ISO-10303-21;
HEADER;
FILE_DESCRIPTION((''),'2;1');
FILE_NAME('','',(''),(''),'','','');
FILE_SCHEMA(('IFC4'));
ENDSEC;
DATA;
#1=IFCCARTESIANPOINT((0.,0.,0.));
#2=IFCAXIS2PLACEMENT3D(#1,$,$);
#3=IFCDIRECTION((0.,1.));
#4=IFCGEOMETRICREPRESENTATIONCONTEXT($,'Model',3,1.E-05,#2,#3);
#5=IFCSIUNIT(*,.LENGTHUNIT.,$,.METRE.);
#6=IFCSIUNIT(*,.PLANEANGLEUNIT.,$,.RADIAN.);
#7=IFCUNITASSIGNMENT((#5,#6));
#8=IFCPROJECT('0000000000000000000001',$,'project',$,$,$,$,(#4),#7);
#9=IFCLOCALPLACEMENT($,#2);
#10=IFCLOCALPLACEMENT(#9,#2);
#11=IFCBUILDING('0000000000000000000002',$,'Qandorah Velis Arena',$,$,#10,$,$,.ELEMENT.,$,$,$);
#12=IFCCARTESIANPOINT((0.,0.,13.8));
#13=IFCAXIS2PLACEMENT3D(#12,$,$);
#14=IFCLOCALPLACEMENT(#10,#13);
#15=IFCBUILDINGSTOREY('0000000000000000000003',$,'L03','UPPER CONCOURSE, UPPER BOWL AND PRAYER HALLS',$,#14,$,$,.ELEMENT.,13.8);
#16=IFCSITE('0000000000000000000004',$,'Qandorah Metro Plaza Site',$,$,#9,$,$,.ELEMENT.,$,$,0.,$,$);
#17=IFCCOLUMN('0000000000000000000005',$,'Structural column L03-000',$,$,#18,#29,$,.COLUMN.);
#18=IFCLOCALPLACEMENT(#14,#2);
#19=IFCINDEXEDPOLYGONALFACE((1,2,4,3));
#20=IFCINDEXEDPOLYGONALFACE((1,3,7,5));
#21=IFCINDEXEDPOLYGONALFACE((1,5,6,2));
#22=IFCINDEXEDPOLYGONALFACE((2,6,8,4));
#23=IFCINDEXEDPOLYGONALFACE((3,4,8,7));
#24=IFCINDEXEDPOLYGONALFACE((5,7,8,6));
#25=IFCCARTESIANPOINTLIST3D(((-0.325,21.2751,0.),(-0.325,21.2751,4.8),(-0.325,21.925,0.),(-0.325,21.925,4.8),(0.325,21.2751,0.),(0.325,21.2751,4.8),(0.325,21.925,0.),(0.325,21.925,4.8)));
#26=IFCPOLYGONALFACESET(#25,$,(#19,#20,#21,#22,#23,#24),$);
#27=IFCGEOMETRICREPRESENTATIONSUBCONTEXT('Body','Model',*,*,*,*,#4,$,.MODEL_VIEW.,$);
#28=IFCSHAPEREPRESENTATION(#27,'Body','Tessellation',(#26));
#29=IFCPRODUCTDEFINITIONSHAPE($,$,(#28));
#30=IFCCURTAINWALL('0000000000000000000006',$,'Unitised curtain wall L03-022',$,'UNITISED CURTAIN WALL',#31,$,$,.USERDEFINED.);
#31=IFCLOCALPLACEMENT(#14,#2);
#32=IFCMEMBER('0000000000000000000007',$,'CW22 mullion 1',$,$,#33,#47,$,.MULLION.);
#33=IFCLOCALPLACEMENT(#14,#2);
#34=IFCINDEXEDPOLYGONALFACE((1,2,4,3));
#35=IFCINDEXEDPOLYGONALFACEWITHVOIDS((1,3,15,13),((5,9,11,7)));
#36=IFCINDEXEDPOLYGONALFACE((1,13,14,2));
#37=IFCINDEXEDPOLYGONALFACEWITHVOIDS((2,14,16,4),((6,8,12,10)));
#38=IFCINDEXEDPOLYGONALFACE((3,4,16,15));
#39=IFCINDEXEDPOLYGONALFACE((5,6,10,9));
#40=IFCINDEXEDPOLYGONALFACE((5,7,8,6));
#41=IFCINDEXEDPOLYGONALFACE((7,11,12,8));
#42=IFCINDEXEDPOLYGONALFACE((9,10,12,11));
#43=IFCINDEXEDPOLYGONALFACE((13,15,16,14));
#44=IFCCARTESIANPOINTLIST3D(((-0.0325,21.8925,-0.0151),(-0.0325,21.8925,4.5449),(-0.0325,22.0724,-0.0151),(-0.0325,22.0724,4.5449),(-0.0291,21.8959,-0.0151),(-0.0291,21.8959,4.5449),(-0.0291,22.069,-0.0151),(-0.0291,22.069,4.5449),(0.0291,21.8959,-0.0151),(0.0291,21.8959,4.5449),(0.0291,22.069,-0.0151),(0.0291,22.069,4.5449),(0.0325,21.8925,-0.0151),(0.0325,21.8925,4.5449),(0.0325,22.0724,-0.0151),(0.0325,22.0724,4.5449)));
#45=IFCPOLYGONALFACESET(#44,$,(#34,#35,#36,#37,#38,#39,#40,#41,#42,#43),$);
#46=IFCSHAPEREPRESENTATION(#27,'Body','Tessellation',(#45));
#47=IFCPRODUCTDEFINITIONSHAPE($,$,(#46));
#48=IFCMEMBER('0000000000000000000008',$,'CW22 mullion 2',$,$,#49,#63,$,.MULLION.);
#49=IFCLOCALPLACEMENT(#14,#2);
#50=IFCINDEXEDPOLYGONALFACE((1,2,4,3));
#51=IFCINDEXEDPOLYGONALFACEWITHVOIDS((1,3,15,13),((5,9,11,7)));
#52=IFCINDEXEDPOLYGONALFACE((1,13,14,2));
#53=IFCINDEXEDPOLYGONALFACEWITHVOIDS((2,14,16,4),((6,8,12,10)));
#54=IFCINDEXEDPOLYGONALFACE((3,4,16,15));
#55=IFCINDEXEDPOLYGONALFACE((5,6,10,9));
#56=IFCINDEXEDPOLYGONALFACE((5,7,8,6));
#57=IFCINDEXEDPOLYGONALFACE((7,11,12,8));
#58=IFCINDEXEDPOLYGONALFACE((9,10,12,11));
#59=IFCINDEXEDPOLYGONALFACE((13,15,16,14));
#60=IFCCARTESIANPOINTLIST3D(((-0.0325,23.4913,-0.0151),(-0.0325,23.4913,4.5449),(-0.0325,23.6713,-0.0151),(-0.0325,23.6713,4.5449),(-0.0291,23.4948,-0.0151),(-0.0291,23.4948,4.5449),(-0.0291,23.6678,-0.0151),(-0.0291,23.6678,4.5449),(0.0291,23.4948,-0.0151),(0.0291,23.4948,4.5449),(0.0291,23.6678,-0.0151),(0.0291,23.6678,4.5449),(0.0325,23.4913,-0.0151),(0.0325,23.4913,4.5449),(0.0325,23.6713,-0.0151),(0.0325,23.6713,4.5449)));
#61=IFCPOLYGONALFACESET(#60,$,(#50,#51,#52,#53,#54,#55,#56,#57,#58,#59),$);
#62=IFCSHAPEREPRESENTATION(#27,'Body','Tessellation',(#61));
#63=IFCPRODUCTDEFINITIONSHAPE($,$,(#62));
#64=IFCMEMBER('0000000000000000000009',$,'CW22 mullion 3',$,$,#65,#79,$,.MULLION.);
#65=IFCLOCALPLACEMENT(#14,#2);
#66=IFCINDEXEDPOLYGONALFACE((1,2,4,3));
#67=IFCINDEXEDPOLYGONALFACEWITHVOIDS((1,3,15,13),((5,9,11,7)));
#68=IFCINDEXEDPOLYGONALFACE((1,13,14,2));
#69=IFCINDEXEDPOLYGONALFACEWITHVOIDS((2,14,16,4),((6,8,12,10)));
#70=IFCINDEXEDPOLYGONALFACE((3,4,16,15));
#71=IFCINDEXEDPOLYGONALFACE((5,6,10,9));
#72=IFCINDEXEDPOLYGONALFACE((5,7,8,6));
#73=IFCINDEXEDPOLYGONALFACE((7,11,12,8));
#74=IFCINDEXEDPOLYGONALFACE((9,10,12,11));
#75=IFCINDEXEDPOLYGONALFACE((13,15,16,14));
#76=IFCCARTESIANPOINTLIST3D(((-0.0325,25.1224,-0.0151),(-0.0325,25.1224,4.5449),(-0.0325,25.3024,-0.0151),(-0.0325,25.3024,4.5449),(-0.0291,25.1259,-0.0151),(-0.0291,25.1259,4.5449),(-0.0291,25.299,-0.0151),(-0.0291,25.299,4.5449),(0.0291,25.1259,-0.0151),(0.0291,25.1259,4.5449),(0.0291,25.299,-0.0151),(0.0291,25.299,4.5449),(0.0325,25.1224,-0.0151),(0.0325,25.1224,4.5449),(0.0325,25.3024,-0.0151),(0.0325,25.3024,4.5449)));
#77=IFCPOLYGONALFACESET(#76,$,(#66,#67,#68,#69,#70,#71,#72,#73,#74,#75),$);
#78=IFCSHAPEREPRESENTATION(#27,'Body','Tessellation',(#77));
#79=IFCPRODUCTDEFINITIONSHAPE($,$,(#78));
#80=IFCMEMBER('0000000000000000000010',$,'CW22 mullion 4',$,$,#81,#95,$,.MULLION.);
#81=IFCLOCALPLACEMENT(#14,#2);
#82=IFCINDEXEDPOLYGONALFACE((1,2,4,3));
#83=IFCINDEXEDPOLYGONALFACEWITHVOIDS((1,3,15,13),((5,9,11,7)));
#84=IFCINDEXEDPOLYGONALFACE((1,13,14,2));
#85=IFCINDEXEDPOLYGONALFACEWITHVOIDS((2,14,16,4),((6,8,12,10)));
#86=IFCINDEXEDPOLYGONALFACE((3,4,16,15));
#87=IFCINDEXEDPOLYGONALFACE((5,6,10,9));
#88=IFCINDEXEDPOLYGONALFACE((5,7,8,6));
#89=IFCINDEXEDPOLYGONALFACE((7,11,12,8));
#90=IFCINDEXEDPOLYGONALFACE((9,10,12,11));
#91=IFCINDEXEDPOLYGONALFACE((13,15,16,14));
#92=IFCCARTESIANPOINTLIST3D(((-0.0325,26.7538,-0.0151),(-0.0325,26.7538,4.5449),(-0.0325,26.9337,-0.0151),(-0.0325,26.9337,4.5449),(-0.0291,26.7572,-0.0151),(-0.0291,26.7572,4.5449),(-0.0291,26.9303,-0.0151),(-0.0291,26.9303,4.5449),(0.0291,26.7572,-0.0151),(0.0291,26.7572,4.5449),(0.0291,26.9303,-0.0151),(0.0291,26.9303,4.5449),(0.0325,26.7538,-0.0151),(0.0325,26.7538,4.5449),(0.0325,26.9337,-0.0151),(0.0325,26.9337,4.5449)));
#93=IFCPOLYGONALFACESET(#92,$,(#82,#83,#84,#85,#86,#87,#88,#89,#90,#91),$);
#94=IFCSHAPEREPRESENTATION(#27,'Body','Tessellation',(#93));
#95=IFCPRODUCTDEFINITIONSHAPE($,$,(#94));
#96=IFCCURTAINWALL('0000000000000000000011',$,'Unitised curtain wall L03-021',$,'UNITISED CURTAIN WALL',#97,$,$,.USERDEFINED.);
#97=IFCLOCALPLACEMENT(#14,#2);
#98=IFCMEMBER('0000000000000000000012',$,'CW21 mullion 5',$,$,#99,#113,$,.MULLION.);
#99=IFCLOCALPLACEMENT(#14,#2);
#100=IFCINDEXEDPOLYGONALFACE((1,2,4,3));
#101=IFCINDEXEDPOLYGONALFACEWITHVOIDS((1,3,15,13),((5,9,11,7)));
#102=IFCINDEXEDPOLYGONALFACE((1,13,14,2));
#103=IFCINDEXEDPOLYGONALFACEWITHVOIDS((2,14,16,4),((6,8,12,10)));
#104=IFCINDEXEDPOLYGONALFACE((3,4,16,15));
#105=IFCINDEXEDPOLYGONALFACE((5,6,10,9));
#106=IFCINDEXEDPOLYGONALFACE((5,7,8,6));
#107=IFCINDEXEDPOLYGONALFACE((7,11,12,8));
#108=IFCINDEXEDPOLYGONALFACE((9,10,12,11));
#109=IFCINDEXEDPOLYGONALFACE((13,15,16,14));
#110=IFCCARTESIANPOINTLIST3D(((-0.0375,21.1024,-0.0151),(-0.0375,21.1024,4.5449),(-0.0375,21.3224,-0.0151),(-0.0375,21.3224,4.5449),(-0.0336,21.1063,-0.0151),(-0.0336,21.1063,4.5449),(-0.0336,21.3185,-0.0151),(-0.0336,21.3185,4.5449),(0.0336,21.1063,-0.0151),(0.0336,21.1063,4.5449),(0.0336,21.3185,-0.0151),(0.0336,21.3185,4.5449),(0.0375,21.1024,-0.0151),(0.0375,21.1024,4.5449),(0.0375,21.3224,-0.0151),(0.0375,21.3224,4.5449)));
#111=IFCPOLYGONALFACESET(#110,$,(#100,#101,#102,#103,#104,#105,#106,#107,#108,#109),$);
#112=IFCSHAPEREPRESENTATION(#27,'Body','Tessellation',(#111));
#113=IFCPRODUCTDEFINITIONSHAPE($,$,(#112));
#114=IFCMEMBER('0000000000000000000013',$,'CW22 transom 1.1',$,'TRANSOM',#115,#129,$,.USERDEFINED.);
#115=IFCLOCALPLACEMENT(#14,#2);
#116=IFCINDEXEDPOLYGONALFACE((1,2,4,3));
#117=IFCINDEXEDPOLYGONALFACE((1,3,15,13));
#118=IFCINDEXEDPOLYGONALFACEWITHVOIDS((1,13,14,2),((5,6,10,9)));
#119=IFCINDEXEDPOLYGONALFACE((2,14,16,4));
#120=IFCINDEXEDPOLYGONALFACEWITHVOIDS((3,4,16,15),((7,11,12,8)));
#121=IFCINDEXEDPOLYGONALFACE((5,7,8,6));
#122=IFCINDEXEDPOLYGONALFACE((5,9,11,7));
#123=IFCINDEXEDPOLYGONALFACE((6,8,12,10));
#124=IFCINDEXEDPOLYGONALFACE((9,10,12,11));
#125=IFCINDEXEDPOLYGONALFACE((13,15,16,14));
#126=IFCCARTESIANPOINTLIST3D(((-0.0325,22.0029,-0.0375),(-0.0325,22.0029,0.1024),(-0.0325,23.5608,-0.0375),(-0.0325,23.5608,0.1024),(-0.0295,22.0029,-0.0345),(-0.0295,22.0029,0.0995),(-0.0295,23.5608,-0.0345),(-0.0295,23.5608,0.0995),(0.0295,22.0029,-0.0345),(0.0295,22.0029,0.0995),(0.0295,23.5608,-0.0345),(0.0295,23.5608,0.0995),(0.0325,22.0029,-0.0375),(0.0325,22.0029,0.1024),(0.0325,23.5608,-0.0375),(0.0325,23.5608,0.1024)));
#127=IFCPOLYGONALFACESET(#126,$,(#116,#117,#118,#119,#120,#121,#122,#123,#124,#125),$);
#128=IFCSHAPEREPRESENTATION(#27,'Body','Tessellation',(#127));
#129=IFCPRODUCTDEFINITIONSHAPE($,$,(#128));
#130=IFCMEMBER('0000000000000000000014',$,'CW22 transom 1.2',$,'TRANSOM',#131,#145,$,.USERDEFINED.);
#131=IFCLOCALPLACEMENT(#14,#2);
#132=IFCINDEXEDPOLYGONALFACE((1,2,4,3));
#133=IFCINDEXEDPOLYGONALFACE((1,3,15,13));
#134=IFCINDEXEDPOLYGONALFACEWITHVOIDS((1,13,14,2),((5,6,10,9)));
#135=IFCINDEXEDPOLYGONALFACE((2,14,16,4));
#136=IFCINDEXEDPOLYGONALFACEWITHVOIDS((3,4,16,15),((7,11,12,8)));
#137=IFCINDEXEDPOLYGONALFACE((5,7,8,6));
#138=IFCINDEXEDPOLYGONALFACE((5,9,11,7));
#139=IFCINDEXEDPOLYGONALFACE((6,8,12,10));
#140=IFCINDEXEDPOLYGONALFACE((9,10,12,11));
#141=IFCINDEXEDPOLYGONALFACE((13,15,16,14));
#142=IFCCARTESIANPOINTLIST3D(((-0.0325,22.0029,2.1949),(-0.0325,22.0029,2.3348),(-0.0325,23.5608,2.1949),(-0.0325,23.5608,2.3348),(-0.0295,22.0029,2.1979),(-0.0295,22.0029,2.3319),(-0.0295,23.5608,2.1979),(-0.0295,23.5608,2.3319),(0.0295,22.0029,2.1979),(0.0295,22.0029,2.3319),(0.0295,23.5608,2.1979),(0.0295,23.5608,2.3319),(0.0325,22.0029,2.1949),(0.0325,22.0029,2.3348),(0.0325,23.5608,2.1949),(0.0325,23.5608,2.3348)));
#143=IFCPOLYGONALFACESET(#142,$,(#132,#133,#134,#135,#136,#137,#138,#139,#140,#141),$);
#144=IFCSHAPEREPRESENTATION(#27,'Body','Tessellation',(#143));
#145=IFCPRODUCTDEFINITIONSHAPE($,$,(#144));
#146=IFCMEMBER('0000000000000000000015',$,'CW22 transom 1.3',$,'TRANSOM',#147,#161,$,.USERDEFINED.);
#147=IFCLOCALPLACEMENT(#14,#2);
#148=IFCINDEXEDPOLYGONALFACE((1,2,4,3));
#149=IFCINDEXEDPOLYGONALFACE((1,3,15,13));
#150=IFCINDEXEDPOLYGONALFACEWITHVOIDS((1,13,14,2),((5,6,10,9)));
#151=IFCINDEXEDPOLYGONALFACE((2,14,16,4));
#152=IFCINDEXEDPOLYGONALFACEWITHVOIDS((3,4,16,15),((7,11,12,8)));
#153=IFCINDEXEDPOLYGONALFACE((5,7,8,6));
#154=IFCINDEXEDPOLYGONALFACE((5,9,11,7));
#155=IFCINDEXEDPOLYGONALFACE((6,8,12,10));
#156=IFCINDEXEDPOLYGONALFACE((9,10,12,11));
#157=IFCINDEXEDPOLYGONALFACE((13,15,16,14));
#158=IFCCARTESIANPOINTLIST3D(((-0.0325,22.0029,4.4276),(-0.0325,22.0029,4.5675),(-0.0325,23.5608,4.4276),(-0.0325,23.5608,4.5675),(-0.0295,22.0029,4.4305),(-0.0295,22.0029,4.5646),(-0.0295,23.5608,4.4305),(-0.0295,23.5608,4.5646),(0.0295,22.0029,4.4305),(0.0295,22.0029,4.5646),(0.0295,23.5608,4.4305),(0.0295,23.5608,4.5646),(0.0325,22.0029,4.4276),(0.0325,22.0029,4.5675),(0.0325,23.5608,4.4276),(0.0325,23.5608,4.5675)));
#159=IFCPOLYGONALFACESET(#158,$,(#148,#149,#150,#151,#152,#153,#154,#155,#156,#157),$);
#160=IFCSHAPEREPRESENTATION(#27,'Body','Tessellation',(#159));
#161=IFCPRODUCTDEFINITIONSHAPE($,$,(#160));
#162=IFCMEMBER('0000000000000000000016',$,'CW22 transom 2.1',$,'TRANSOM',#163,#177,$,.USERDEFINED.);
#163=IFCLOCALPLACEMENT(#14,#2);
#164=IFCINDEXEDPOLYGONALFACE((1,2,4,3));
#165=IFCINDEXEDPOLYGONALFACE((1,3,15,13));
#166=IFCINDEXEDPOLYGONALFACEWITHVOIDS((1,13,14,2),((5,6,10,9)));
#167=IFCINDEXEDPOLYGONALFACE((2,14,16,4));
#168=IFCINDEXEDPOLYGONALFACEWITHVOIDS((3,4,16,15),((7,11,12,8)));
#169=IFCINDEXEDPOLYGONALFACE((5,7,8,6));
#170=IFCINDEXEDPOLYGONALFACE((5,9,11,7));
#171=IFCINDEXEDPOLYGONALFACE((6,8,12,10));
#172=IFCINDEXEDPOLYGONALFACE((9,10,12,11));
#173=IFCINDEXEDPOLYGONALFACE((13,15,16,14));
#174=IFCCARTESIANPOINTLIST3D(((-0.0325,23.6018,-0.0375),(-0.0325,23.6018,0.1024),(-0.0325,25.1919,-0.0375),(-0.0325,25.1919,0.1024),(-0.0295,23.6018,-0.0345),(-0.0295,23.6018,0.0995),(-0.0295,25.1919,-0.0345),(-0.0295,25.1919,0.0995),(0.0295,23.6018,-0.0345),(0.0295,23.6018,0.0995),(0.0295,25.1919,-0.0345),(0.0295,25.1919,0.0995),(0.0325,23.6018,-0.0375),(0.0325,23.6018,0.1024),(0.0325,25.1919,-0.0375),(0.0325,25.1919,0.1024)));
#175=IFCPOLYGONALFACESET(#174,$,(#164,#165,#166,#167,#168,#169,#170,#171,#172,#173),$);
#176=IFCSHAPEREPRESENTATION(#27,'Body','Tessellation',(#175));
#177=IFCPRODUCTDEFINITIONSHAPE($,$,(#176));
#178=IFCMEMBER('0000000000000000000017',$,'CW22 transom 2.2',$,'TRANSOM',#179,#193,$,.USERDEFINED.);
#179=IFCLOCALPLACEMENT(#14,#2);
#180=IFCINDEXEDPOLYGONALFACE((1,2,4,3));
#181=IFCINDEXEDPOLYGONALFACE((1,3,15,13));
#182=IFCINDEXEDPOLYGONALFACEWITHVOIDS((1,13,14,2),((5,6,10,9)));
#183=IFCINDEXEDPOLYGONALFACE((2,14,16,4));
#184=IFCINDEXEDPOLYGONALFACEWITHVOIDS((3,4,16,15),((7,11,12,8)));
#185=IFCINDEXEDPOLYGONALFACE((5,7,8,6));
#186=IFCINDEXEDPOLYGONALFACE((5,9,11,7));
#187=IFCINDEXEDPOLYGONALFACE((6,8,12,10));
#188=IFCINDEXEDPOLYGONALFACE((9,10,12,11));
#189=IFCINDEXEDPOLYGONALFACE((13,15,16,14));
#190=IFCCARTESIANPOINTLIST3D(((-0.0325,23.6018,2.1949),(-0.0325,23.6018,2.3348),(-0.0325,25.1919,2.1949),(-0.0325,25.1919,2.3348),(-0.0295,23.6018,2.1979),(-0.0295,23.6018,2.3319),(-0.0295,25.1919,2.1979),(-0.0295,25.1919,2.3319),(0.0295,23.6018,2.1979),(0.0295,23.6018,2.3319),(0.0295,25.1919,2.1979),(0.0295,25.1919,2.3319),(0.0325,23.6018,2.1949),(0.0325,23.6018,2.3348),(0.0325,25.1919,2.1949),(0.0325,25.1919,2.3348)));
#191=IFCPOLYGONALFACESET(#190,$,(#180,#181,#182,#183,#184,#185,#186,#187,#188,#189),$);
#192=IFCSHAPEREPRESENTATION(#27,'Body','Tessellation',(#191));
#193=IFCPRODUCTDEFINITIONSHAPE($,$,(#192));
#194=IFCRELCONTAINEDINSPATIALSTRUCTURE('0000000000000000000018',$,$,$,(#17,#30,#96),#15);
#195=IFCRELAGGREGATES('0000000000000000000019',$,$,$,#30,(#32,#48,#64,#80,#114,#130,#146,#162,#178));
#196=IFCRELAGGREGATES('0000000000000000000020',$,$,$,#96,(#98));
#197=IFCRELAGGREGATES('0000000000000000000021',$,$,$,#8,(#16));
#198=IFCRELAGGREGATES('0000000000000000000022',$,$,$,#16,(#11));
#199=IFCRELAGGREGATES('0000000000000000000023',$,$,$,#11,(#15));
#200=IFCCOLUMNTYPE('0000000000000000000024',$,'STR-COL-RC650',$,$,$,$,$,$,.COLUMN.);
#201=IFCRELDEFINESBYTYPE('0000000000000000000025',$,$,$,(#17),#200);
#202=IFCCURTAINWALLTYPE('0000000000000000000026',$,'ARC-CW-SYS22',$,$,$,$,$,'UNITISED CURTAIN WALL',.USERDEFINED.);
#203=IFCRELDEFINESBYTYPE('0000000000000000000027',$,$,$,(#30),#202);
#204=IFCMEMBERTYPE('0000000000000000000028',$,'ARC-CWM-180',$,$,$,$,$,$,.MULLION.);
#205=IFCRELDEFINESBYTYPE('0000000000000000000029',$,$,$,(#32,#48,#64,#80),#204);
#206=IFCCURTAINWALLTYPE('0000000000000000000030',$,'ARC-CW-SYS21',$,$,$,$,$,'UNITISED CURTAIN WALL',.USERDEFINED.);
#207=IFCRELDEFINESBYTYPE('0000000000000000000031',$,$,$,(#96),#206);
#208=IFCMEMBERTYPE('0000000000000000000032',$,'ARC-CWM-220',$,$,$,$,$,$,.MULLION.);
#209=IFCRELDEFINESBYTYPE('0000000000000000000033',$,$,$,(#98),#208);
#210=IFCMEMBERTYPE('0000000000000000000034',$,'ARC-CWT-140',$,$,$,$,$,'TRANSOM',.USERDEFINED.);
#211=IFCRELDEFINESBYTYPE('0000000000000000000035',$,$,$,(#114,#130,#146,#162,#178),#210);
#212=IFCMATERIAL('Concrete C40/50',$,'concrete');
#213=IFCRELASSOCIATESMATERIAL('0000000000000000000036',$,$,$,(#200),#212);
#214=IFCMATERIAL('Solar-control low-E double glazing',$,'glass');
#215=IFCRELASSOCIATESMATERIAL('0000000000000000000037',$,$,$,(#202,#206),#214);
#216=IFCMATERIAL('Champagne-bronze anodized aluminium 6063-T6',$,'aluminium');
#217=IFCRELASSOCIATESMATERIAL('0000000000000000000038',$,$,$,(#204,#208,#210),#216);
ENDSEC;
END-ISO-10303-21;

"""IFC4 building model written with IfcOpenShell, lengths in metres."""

from ifc_helpers import new_model, si_unit, direction, frame, origin, origin_2d, place, context, subcontext, project, spatial, rectangle, hollow_rectangle, extrude, material, material_profile, profile_set, type_object, element, aggregate, save


model = new_model("IFC4")

# Units and contexts
model_context = context("Model", 3, precision=1e-05, world=origin(), true_north=direction((0.0, 1.0)))
body_context = subcontext(model_context, "Body", "Model", "MODEL_VIEW")
ifc_project = project(units=[si_unit("LENGTHUNIT", "METRE"), si_unit("PLANEANGLEUNIT", "RADIAN")], contexts=[model_context])

# Site, building, storey
site_placement = place(None, origin())
site = spatial("IfcSite", under=ifc_project, at=site_placement, Name="Qandorah Metro Plaza Site", CompositionType="ELEMENT", RefElevation=0.0)
building_placement = place(site_placement, origin())
building = spatial("IfcBuilding", under=site, at=building_placement, Name="Qandorah Velis Arena", CompositionType="ELEMENT")
storey_placement = place(building_placement, frame((0.0, 0.0, 13.8)))
storey = spatial("IfcBuildingStorey", under=building, at=storey_placement, Name="L03", Description="UPPER CONCOURSE, UPPER BOWL AND PRAYER HALLS", CompositionType="ELEMENT", Elevation=13.8)

# Column
ifc_material_1 = material(Name="Concrete C40/50", Category="concrete")
ifc_material_profile_1 = material_profile(ifc_material_1, rectangle(XDim=0.6499, YDim=0.6499, at=origin_2d()), Name="RC COL 650x650")
ifc_profile_set_1 = profile_set([ifc_material_profile_1], Name="Concrete C40/50")
column_type = type_object("IfcColumnType", Name="STR-COL-RC650", PredefinedType="COLUMN", material=ifc_profile_set_1)
column_placement = place(storey_placement, frame((0.0, 21.6001, 0.0), z_axis=(0.0, 0.0, 1.0), x_axis=(1.0, 0.0, 0.0)))
element("IfcColumn", 1, at=column_placement, inside=storey, type_object=column_type, Name="Structural column L03-000", PredefinedType="COLUMN", context=body_context, shape_type="SweptSolid", body=[
    extrude(rectangle(XDim=0.6499, YDim=0.6499, at=origin_2d()), origin(), (0.0, 0.0, 1.0), 4.8),
])

# Curtain wall, members
ifc_material_2 = material(Name="Solar-control low-E double glazing", Category="glass")
curtain_wall_type_1 = type_object("IfcCurtainWallType", Name="ARC-CW-SYS22", ElementType="UNITISED CURTAIN WALL", PredefinedType="USERDEFINED", material=ifc_material_2)
curtain_wall_1_placement = place(storey_placement, origin())
curtain_wall_1 = element("IfcCurtainWall", 2, at=curtain_wall_1_placement, inside=storey, type_object=curtain_wall_type_1, Name="Unitised curtain wall L03-022", ObjectType="UNITISED CURTAIN WALL", PredefinedType="USERDEFINED")
ifc_material_3 = material(Name="Champagne-bronze anodized aluminium 6063-T6", Category="aluminium")
ifc_material_profile_2 = material_profile(ifc_material_3, hollow_rectangle(XDim=0.0649, YDim=0.1799, WallThickness=0.0034, at=origin_2d()), Name="ALU MULLION 65x180")
ifc_profile_set_2 = profile_set([ifc_material_profile_2], Name="Champagne-bronze anodized aluminium 6063-T6")
member_type_1 = type_object("IfcMemberType", Name="ARC-CWM-180", PredefinedType="MULLION", material=ifc_profile_set_2)
member_1_placement = place(storey_placement, frame((0.0, 21.9824, -0.0151), z_axis=(0.0, 0.0, 1.0), x_axis=(-1.0, 0.0, 0.0)))
member_1 = element("IfcMember", 3, at=member_1_placement, type_object=member_type_1, Name="CW22 mullion 1", PredefinedType="MULLION", context=body_context, shape_type="SweptSolid", body=[
    extrude(hollow_rectangle(XDim=0.0649, YDim=0.1799, WallThickness=0.0034, at=origin_2d()), origin(), (0.0, 0.0, 1.0), 4.5601),
])
member_2_placement = place(storey_placement, frame((0.0, 23.5813, -0.0151), z_axis=(0.0, 0.0, 1.0), x_axis=(-1.0, 0.0, 0.0)))
member_2 = element("IfcMember", 4, at=member_2_placement, type_object=member_type_1, Name="CW22 mullion 2", PredefinedType="MULLION", context=body_context, shape_type="SweptSolid", body=[
    extrude(hollow_rectangle(XDim=0.0649, YDim=0.1799, WallThickness=0.0034, at=origin_2d()), origin(), (0.0, 0.0, 1.0), 4.5601),
])
member_3_placement = place(storey_placement, frame((0.0, 25.2124, -0.0151), z_axis=(0.0, 0.0, 1.0), x_axis=(-1.0, 0.0, 0.0)))
member_3 = element("IfcMember", 5, at=member_3_placement, type_object=member_type_1, Name="CW22 mullion 3", PredefinedType="MULLION", context=body_context, shape_type="SweptSolid", body=[
    extrude(hollow_rectangle(XDim=0.0649, YDim=0.1799, WallThickness=0.0034, at=origin_2d()), origin(), (0.0, 0.0, 1.0), 4.5601),
])
member_4_placement = place(storey_placement, frame((0.0, 26.8438, -0.0151), z_axis=(0.0, 0.0, 1.0), x_axis=(-1.0, 0.0, 0.0)))
member_4 = element("IfcMember", 6, at=member_4_placement, type_object=member_type_1, Name="CW22 mullion 4", PredefinedType="MULLION", context=body_context, shape_type="SweptSolid", body=[
    extrude(hollow_rectangle(XDim=0.0649, YDim=0.1799, WallThickness=0.0034, at=origin_2d()), origin(), (0.0, 0.0, 1.0), 4.5601),
])

# Curtain wall, member
curtain_wall_type_2 = type_object("IfcCurtainWallType", Name="ARC-CW-SYS21", ElementType="UNITISED CURTAIN WALL", PredefinedType="USERDEFINED", material=ifc_material_2)
curtain_wall_2_placement = place(storey_placement, origin())
curtain_wall_2 = element("IfcCurtainWall", 7, at=curtain_wall_2_placement, inside=storey, type_object=curtain_wall_type_2, Name="Unitised curtain wall L03-021", ObjectType="UNITISED CURTAIN WALL", PredefinedType="USERDEFINED")
ifc_material_profile_3 = material_profile(ifc_material_3, hollow_rectangle(XDim=0.075, YDim=0.22, WallThickness=0.0039, at=origin_2d()), Name="ALU MULLION 75x220")
ifc_profile_set_3 = profile_set([ifc_material_profile_3], Name="Champagne-bronze anodized aluminium 6063-T6")
member_type_2 = type_object("IfcMemberType", Name="ARC-CWM-220", PredefinedType="MULLION", material=ifc_profile_set_3)
member_5_placement = place(storey_placement, frame((0.0, 21.2124, -0.0151), z_axis=(0.0, 0.0, 1.0), x_axis=(-1.0, 0.0, 0.0)))
member_5 = element("IfcMember", 8, at=member_5_placement, type_object=member_type_2, Name="CW21 mullion 5", PredefinedType="MULLION", context=body_context, shape_type="SweptSolid", body=[
    extrude(hollow_rectangle(XDim=0.075, YDim=0.22, WallThickness=0.0039, at=origin_2d()), origin(), (0.0, 0.0, 1.0), 4.5601),
])

# Members
ifc_material_profile_4 = material_profile(ifc_material_3, hollow_rectangle(XDim=0.0649, YDim=0.1399, WallThickness=0.0029, at=origin_2d()), Name="ALU TRANSOM 65x140")
ifc_profile_set_4 = profile_set([ifc_material_profile_4], Name="Champagne-bronze anodized aluminium 6063-T6")
member_type_3 = type_object("IfcMemberType", Name="ARC-CWT-140", ElementType="TRANSOM", PredefinedType="USERDEFINED", material=ifc_profile_set_4)
member_6_placement = place(storey_placement, frame((0.0, 22.0029, 0.0325), z_axis=(0.0, 1.0, 0.0), x_axis=(-1.0, 0.0, 0.0)))
member_6 = element("IfcMember", 9, at=member_6_placement, type_object=member_type_3, Name="CW22 transom 1.1", ObjectType="TRANSOM", PredefinedType="USERDEFINED", context=body_context, shape_type="SweptSolid", body=[
    extrude(hollow_rectangle(XDim=0.0649, YDim=0.1399, WallThickness=0.0029, at=origin_2d()), origin(), (0.0, 0.0, 1.0), 1.5579),
])
member_7_placement = place(storey_placement, frame((0.0, 22.0029, 2.2649), z_axis=(0.0, 1.0, 0.0), x_axis=(-1.0, 0.0, 0.0)))
member_7 = element("IfcMember", 10, at=member_7_placement, type_object=member_type_3, Name="CW22 transom 1.2", ObjectType="TRANSOM", PredefinedType="USERDEFINED", context=body_context, shape_type="SweptSolid", body=[
    extrude(hollow_rectangle(XDim=0.0649, YDim=0.1399, WallThickness=0.0029, at=origin_2d()), origin(), (0.0, 0.0, 1.0), 1.5579),
])
member_8_placement = place(storey_placement, frame((0.0, 22.0029, 4.4976), z_axis=(0.0, 1.0, 0.0), x_axis=(-1.0, 0.0, 0.0)))
member_8 = element("IfcMember", 11, at=member_8_placement, type_object=member_type_3, Name="CW22 transom 1.3", ObjectType="TRANSOM", PredefinedType="USERDEFINED", context=body_context, shape_type="SweptSolid", body=[
    extrude(hollow_rectangle(XDim=0.0649, YDim=0.1399, WallThickness=0.0029, at=origin_2d()), origin(), (0.0, 0.0, 1.0), 1.5579),
])
member_9_placement = place(storey_placement, frame((0.0, 23.6018, 0.0325), z_axis=(0.0, 1.0, 0.0), x_axis=(-1.0, 0.0, 0.0)))
member_9 = element("IfcMember", 12, at=member_9_placement, type_object=member_type_3, Name="CW22 transom 2.1", ObjectType="TRANSOM", PredefinedType="USERDEFINED", context=body_context, shape_type="SweptSolid", body=[
    extrude(hollow_rectangle(XDim=0.0649, YDim=0.1399, WallThickness=0.0029, at=origin_2d()), origin(), (0.0, 0.0, 1.0), 1.5901),
])
member_10_placement = place(storey_placement, frame((0.0, 23.6018, 2.2649), z_axis=(0.0, 1.0, 0.0), x_axis=(-1.0, 0.0, 0.0)))
member_10 = element("IfcMember", 13, at=member_10_placement, type_object=member_type_3, Name="CW22 transom 2.2", ObjectType="TRANSOM", PredefinedType="USERDEFINED", context=body_context, shape_type="SweptSolid", body=[
    extrude(hollow_rectangle(XDim=0.0649, YDim=0.1399, WallThickness=0.0029, at=origin_2d()), origin(), (0.0, 0.0, 1.0), 1.5901),
])

aggregate(curtain_wall_1, [member_1, member_2, member_3, member_4, member_6, member_7, member_8, member_9, member_10])
aggregate(curtain_wall_2, [member_5])

save(model, "model.ifc")
